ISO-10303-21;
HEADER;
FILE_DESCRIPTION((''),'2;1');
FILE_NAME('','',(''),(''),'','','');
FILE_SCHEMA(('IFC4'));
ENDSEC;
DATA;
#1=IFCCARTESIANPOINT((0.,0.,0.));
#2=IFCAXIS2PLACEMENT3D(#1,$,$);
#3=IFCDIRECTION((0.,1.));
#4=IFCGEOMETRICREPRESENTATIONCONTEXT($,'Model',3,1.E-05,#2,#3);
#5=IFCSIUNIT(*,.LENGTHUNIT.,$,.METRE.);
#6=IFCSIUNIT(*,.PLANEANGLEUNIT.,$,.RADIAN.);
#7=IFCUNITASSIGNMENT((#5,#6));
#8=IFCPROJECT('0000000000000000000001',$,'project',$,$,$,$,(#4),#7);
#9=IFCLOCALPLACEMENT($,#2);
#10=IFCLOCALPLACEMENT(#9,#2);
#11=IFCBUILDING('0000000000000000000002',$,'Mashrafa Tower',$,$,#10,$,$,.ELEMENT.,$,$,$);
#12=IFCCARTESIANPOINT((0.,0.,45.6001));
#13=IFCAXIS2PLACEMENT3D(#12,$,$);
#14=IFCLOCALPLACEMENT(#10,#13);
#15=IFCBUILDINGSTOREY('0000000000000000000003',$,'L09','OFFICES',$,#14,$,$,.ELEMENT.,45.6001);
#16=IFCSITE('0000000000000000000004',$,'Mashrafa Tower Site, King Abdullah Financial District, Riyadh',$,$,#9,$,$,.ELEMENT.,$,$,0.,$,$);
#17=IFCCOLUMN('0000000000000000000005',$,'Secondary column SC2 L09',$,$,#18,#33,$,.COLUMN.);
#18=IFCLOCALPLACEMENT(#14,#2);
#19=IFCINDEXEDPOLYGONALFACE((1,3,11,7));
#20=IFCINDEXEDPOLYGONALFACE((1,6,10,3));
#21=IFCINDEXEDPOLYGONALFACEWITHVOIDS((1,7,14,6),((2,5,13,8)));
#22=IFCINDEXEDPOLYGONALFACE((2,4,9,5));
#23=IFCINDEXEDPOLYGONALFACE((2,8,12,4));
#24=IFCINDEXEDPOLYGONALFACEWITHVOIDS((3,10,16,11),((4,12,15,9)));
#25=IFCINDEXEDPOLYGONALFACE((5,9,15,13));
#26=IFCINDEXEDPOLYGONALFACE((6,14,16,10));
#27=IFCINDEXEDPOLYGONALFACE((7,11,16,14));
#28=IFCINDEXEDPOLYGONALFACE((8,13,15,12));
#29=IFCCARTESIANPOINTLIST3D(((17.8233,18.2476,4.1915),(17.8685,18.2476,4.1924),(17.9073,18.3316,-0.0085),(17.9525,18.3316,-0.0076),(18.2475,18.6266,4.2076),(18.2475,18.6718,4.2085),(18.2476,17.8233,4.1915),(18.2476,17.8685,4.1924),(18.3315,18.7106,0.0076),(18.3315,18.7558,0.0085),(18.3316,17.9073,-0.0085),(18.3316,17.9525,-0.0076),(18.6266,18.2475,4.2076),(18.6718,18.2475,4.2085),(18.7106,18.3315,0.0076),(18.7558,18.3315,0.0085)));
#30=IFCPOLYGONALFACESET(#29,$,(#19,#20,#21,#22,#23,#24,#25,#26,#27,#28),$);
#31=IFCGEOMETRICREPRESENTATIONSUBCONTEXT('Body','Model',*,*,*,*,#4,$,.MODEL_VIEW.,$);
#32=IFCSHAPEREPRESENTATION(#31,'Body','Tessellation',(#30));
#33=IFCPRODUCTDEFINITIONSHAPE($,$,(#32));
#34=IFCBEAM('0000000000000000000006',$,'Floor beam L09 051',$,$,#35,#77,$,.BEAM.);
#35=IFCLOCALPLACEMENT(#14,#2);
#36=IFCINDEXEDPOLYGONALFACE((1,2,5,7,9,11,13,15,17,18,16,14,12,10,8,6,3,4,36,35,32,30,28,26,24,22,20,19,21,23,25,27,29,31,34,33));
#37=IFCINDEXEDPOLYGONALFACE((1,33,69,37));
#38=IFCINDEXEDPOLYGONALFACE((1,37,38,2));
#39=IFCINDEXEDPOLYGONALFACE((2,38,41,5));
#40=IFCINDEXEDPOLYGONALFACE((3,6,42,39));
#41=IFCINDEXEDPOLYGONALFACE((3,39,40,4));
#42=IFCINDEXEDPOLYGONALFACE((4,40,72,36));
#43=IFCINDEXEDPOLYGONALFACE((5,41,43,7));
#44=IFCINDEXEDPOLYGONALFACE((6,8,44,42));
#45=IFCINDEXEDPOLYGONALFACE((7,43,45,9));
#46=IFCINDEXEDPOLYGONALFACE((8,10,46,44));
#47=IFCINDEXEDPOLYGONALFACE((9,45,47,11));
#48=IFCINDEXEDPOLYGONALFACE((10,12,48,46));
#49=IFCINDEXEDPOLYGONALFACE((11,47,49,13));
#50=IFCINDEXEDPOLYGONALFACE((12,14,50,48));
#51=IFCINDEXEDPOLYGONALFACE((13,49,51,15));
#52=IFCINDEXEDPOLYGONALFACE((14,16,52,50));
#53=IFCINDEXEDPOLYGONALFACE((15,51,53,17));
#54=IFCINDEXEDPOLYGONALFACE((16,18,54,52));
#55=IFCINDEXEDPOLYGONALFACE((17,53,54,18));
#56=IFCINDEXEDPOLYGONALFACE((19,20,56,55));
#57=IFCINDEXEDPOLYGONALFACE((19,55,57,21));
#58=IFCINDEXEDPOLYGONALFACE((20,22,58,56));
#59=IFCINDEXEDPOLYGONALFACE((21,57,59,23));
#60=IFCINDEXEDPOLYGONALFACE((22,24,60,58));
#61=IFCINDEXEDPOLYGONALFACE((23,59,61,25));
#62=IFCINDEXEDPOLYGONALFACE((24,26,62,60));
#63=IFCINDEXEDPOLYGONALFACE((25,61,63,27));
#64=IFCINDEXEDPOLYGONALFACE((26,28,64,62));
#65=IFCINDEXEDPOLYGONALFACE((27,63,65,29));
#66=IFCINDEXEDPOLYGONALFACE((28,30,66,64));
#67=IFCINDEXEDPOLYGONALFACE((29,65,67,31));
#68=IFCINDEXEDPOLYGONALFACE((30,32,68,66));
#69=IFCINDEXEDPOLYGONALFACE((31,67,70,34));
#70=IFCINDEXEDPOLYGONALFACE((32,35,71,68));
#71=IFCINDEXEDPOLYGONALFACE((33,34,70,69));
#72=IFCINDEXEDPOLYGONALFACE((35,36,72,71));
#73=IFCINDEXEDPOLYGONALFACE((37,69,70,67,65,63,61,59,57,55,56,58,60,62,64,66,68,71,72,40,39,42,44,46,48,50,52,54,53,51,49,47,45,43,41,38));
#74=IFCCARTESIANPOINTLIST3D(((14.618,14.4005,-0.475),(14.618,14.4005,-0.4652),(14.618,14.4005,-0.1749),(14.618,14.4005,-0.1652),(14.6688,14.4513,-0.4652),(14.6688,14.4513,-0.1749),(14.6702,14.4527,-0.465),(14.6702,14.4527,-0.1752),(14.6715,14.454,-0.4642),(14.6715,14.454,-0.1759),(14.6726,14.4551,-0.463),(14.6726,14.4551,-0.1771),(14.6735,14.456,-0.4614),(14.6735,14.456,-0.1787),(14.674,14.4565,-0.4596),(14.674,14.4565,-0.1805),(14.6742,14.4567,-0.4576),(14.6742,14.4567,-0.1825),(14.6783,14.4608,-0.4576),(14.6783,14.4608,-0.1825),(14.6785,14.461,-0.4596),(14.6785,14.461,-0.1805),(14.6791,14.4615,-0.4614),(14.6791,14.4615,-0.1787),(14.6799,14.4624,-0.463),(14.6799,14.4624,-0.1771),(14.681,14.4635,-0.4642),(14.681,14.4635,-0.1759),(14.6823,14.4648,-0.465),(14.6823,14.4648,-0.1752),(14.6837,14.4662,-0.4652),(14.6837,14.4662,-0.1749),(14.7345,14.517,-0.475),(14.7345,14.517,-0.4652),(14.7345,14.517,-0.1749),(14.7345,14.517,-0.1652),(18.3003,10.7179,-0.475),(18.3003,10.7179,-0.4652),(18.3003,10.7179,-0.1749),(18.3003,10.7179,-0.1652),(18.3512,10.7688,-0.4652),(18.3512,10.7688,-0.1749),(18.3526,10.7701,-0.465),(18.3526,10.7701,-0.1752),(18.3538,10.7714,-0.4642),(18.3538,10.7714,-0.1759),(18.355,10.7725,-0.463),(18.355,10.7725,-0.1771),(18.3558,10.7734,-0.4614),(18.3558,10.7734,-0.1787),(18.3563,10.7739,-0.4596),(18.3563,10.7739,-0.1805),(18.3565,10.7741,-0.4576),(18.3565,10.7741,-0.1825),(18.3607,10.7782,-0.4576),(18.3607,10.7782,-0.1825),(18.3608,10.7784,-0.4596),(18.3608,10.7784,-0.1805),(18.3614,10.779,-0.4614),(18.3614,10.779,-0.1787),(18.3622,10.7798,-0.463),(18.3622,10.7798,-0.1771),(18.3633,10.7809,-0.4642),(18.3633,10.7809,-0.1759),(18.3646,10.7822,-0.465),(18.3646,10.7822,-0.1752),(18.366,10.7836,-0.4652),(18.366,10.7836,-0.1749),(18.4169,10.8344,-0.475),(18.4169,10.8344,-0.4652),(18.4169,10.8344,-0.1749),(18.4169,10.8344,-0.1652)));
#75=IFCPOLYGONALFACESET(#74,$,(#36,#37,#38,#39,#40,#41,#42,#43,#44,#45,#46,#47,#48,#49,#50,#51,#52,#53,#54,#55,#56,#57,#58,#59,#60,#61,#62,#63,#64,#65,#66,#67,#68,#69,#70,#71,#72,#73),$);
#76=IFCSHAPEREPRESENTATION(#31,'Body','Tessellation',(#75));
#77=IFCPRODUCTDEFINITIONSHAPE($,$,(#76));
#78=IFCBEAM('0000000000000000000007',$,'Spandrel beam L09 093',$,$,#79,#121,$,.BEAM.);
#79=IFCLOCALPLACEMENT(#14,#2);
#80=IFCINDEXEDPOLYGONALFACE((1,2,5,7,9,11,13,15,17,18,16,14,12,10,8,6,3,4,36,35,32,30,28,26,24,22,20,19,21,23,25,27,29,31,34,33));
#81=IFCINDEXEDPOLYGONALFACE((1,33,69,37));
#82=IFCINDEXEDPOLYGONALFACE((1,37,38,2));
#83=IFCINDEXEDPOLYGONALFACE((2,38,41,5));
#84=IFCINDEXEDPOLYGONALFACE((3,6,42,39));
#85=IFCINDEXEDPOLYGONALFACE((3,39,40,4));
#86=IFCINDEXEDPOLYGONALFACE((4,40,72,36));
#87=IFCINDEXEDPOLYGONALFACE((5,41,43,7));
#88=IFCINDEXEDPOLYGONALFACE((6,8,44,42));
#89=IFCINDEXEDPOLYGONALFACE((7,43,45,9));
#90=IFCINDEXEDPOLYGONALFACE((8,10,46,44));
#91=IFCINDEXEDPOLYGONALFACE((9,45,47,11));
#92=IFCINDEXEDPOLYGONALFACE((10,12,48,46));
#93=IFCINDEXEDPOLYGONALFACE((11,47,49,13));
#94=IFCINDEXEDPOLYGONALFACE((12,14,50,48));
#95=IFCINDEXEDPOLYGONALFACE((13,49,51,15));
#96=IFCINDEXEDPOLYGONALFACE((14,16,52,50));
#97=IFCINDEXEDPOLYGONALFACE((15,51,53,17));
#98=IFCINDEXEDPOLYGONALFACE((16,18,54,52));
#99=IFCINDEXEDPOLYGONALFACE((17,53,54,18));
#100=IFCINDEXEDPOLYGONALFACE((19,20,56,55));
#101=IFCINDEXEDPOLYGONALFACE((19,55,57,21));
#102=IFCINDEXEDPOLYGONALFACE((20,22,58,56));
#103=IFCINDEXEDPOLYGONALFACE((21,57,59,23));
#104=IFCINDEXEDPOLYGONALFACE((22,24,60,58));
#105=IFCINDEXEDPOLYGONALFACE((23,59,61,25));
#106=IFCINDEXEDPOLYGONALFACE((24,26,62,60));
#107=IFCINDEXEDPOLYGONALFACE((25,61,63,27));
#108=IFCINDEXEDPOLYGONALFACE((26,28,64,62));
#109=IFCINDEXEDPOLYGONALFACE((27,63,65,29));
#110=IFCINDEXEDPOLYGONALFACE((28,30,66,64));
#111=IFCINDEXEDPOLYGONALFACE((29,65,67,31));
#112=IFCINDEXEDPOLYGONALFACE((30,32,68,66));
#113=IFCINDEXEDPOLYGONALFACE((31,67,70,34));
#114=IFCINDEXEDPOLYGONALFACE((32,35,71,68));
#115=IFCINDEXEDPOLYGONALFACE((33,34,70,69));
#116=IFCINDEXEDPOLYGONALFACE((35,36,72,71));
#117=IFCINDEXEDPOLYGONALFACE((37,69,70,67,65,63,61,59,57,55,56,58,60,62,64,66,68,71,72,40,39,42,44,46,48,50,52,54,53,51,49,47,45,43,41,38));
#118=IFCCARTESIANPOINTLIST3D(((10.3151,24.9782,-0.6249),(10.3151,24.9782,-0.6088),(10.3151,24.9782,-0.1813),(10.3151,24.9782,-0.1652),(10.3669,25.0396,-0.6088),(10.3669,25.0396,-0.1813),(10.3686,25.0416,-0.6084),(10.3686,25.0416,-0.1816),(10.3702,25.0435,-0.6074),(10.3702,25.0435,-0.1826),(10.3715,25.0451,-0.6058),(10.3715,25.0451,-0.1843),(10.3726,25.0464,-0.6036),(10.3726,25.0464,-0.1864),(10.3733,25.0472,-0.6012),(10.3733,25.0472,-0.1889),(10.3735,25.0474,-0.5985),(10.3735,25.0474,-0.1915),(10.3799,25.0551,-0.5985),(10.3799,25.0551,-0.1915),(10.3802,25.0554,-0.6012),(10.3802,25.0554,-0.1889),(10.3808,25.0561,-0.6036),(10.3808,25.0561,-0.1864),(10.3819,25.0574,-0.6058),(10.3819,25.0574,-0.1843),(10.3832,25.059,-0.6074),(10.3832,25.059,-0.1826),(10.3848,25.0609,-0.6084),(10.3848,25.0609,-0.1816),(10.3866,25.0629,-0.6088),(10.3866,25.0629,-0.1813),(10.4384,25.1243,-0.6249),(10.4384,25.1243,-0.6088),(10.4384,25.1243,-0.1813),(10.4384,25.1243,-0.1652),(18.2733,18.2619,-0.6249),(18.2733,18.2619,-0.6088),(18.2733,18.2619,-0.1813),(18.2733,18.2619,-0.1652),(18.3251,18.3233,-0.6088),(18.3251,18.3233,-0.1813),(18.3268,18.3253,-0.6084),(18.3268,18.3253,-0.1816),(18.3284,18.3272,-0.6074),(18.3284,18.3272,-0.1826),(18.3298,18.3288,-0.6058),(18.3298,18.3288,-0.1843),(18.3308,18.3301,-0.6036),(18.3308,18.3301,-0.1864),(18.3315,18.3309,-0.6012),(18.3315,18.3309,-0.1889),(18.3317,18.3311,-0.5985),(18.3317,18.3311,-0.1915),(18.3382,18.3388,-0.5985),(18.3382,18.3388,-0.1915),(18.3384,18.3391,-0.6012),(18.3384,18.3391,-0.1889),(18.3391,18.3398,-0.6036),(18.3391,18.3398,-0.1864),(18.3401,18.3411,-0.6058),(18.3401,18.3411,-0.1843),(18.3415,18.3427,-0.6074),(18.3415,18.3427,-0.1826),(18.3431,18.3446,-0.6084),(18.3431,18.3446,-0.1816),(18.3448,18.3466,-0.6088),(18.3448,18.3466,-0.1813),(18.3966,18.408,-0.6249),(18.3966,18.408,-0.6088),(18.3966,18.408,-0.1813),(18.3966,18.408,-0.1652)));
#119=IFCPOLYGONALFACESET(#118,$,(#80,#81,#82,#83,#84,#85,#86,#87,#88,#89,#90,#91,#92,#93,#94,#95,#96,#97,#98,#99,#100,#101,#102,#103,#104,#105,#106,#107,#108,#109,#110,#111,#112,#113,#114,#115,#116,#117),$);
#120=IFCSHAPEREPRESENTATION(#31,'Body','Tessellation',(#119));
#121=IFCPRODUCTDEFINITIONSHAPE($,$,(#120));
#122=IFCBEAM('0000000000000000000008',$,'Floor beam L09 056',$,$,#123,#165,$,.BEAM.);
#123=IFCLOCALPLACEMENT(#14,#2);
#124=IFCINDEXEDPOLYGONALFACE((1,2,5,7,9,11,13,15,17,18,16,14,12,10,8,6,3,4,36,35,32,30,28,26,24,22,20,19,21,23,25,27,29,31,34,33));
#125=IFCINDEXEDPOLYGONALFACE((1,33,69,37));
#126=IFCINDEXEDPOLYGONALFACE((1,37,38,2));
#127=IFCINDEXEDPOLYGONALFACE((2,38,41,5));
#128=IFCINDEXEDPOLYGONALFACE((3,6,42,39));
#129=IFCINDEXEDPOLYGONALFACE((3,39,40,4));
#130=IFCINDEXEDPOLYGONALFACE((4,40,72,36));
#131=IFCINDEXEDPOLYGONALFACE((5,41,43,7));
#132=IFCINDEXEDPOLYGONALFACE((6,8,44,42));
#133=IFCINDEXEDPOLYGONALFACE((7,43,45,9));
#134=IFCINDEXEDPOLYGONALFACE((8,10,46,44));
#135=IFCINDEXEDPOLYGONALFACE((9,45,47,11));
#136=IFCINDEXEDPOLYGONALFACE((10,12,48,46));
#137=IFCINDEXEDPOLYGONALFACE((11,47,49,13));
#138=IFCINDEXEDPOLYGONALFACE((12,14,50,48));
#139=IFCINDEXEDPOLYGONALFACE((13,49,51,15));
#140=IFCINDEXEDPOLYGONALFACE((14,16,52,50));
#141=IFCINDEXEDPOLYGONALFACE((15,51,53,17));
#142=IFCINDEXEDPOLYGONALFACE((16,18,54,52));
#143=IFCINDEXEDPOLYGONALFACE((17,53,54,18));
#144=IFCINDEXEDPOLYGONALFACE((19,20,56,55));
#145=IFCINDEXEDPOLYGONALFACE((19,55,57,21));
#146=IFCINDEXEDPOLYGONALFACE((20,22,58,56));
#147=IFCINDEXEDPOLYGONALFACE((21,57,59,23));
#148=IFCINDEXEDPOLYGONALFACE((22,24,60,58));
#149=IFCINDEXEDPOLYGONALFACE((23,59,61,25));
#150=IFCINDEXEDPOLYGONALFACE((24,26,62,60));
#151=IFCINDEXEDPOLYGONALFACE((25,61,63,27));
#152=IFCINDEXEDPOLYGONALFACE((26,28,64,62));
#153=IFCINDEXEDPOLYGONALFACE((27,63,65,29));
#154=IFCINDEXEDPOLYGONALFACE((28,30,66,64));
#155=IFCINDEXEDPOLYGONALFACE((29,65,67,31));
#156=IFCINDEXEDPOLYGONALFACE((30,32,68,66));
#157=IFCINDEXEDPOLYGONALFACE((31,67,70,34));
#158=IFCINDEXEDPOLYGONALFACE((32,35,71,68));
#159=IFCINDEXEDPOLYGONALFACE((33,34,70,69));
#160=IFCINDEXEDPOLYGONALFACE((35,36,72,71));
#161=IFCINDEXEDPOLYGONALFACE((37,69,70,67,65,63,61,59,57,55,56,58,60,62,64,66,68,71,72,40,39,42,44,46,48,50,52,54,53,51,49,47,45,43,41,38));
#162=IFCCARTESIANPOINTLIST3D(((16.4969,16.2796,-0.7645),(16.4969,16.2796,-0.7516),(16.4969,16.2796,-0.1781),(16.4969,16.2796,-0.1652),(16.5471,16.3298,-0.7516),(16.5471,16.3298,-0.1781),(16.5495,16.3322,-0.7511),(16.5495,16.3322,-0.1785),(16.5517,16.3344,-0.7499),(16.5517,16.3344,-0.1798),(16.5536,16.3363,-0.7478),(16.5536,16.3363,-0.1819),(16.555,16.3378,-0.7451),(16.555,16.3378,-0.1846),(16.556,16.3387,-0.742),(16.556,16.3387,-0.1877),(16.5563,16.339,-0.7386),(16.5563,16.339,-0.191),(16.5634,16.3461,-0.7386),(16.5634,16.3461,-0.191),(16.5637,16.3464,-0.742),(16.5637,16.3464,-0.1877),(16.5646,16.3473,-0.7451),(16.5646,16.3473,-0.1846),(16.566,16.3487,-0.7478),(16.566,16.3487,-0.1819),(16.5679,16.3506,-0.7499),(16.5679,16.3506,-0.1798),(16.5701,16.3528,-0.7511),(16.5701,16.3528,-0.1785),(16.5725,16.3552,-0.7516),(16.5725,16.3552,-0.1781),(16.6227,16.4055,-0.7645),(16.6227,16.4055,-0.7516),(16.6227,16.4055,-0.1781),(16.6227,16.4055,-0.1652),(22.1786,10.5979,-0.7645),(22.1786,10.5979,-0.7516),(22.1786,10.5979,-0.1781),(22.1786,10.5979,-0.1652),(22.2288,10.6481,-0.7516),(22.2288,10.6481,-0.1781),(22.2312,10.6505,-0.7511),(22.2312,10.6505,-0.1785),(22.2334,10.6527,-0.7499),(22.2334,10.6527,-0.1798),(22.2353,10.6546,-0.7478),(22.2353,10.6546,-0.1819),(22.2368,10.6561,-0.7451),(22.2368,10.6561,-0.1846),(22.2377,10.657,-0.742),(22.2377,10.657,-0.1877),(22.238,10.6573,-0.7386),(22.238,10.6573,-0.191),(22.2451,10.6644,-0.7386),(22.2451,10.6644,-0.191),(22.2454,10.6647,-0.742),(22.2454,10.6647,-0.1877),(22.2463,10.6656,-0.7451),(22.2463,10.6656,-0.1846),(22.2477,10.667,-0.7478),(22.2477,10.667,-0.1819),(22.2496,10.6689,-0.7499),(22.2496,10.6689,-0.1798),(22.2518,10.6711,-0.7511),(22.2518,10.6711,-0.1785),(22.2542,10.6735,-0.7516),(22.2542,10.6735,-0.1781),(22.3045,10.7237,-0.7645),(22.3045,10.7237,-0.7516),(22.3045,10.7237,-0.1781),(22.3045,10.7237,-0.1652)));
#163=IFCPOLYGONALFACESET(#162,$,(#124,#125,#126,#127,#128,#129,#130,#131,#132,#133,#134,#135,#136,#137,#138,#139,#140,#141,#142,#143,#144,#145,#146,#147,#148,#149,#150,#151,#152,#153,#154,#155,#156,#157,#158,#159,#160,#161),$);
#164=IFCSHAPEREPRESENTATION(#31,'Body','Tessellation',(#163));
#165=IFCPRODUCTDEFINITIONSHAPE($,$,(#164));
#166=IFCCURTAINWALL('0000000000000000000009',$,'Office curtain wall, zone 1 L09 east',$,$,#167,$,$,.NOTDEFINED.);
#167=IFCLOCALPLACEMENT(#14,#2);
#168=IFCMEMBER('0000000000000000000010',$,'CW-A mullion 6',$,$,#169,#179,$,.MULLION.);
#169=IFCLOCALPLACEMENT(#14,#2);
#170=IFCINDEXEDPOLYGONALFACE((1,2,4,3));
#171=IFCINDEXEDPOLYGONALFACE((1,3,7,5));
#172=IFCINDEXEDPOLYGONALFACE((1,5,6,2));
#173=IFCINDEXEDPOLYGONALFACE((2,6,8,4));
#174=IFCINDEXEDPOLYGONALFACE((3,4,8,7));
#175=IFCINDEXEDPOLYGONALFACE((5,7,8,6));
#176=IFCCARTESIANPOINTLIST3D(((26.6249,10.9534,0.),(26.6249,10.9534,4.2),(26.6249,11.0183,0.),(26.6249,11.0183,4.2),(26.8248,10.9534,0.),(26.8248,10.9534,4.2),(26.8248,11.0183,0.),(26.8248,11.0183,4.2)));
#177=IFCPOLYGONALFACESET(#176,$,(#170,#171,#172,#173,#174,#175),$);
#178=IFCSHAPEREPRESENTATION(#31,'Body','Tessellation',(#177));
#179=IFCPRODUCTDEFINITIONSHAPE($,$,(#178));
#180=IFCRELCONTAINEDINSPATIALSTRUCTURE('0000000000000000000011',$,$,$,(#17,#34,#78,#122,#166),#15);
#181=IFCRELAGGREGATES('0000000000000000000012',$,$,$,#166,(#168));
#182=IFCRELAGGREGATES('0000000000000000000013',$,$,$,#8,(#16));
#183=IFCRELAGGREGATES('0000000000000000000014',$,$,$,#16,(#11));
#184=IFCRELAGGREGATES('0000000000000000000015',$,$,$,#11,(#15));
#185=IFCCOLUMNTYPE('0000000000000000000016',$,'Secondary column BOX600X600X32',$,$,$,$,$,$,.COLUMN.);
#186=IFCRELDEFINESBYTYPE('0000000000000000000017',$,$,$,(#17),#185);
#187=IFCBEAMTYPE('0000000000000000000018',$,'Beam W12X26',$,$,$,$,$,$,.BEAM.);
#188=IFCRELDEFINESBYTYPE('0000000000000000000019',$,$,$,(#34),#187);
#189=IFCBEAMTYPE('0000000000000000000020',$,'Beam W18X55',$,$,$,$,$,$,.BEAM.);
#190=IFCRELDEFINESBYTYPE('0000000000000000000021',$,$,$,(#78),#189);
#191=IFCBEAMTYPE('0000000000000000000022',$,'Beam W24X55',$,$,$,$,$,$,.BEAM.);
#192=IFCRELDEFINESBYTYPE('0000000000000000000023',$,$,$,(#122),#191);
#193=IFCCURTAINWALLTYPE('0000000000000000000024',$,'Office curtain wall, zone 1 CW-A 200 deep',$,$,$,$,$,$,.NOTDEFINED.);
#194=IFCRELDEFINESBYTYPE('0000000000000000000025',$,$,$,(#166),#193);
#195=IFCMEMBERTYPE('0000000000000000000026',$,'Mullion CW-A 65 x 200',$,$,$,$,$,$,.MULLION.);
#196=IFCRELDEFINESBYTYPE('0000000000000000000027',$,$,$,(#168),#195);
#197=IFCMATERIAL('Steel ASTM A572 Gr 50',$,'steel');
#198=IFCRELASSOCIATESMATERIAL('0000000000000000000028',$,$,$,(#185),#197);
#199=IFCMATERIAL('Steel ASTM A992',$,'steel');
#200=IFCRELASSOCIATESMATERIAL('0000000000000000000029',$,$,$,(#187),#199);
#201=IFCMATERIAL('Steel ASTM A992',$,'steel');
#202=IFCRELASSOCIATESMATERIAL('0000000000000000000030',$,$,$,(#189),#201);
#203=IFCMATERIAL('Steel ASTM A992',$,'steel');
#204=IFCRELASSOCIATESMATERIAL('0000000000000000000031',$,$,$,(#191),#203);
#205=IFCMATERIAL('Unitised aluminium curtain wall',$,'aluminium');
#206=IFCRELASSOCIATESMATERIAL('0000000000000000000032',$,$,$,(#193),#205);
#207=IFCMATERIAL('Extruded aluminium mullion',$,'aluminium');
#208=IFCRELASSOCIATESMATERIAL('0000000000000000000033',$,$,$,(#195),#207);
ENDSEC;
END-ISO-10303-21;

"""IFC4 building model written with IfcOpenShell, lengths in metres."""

from ifc_helpers import new_model, si_unit, direction, frame, origin, origin_2d, place, context, subcontext, project, spatial, rectangle, hollow_rectangle, i_section, extrude, source, transform, mapped, material, material_profile, profile_set, type_object, type_shapes, element, aggregate, save


model = new_model("IFC4")

# Units and contexts
model_context = context("Model", 3, precision=1e-05, world=origin(), true_north=direction((0.0, 1.0)))
body_context = subcontext(model_context, "Body", "Model", "MODEL_VIEW")
ifc_project = project(units=[si_unit("LENGTHUNIT", "METRE"), si_unit("PLANEANGLEUNIT", "RADIAN")], contexts=[model_context])

# Site, building, storey
site_placement = place(None, origin())
site = spatial("IfcSite", under=ifc_project, at=site_placement, Name="Mashrafa Tower Site, King Abdullah Financial District, Riyadh", CompositionType="ELEMENT", RefElevation=0.0)
building_placement = place(site_placement, origin())
building = spatial("IfcBuilding", under=site, at=building_placement, Name="Mashrafa Tower", CompositionType="ELEMENT")
storey_placement = place(building_placement, frame((0.0, 0.0, 45.6001)))
storey = spatial("IfcBuildingStorey", under=building, at=storey_placement, Name="L09", Description="OFFICES", CompositionType="ELEMENT", Elevation=45.6001)

# Column
ifc_material_1 = material(Name="Steel ASTM A572 Gr 50", Category="steel")
ifc_material_profile_1 = material_profile(ifc_material_1, hollow_rectangle(XDim=0.6001, YDim=0.6001, WallThickness=0.032, at=origin_2d()), Name="BOX600X600X32")
ifc_profile_set_1 = profile_set([ifc_material_profile_1], Name="Steel ASTM A572 Gr 50")
column_type = type_object("IfcColumnType", Name="Secondary column BOX600X600X32", PredefinedType="COLUMN", material=ifc_profile_set_1)
column_placement = place(storey_placement, frame((18.3315, 18.3315, 0.0), z_axis=(-0.019989, -0.019989, 0.9996), x_axis=(0.707107, -0.707107, 0.0)))
element("IfcColumn", 1, at=column_placement, inside=storey, type_object=column_type, Name="Secondary column SC2 L09", PredefinedType="COLUMN", context=body_context, shape_type="SweptSolid", body=[
    extrude(hollow_rectangle(XDim=0.6001, YDim=0.6001, WallThickness=0.032, at=origin_2d()), origin(), (0.0, 0.0, 1.0), 4.2017),
])

# Beams
ifc_material_2 = material(Name="Steel ASTM A992", Category="steel")
ifc_material_profile_2 = material_profile(ifc_material_2, i_section(OverallWidth=0.1648, OverallDepth=0.3098, WebThickness=0.0059, FlangeThickness=0.0098, FilletRadius=0.0076, at=origin_2d()), Name="W12X26")
ifc_profile_set_2 = profile_set([ifc_material_profile_2], Name="Steel ASTM A992")
beam_type_1 = type_object("IfcBeamType", Name="Beam W12X26", PredefinedType="BEAM", material=ifc_profile_set_2)
beam_1_placement = place(storey_placement, frame((14.6763, 14.4587, -0.3201), z_axis=(0.707083, -0.70713, 0.0), x_axis=(0.70713, 0.707083, 0.0)))
element("IfcBeam", 2, at=beam_1_placement, inside=storey, type_object=beam_type_1, Name="Floor beam L09 051", PredefinedType="BEAM", context=body_context, shape_type="SweptSolid", body=[
    extrude(i_section(OverallWidth=0.1648, OverallDepth=0.3098, WebThickness=0.0059, FlangeThickness=0.0098, FilletRadius=0.0076, at=origin_2d()), origin(), (0.0, 0.0, 1.0), 5.2078),
])
ifc_material_3 = material(Name="Steel ASTM A992", Category="steel")
ifc_material_profile_3 = material_profile(ifc_material_3, i_section(OverallWidth=0.1912, OverallDepth=0.4597, WebThickness=0.01, FlangeThickness=0.0161, FilletRadius=0.0103, at=origin_2d()), Name="W18X55")
ifc_profile_set_3 = profile_set([ifc_material_profile_3], Name="Steel ASTM A992")
beam_type_2 = type_object("IfcBeamType", Name="Beam W18X55", PredefinedType="BEAM", material=ifc_profile_set_3)
beam_2_placement = place(storey_placement, frame((18.335, 18.335, -0.395), z_axis=(-0.764219, 0.644957, 0.0), x_axis=(-0.644957, -0.764219, 0.0)))
element("IfcBeam", 3, at=beam_2_placement, inside=storey, type_object=beam_type_2, Name="Spandrel beam L09 093", PredefinedType="BEAM", context=body_context, shape_type="SweptSolid", body=[
    extrude(i_section(OverallWidth=0.1912, OverallDepth=0.4597, WebThickness=0.01, FlangeThickness=0.0161, FilletRadius=0.0103, at=origin_2d()), origin(), (0.0, 0.0, 1.0), 10.4136),
])
ifc_material_4 = material(Name="Steel ASTM A992", Category="steel")
ifc_material_profile_4 = material_profile(ifc_material_4, i_section(OverallWidth=0.178, OverallDepth=0.5994, WebThickness=0.01, FlangeThickness=0.0129, FilletRadius=0.0129, at=origin_2d()), Name="W24X55")
ifc_profile_set_4 = profile_set([ifc_material_profile_4], Name="Steel ASTM A992")
beam_type_3 = type_object("IfcBeamType", Name="Beam W24X55", PredefinedType="BEAM", material=ifc_profile_set_4)
beam_3_placement = place(storey_placement, frame((16.5598, 16.3425, -0.4648), z_axis=(0.707107, -0.707107, 0.0), x_axis=(0.707107, 0.707107, 0.0)))
element("IfcBeam", 4, at=beam_3_placement, inside=storey, type_object=beam_type_3, Name="Floor beam L09 056", PredefinedType="BEAM", context=body_context, shape_type="SweptSolid", body=[
    extrude(i_section(OverallWidth=0.178, OverallDepth=0.5994, WebThickness=0.01, FlangeThickness=0.0129, FilletRadius=0.0129, at=origin_2d()), origin(), (0.0, 0.0, 1.0), 8.0352),
])

# Curtain wall, member
ifc_material_5 = material(Name="Unitised aluminium curtain wall", Category="aluminium")
curtain_wall_type = type_object("IfcCurtainWallType", Name="Office curtain wall, zone 1 CW-A 200 deep", PredefinedType="NOTDEFINED", material=ifc_material_5)
curtain_wall_1_placement = place(storey_placement, origin())
curtain_wall_1 = element("IfcCurtainWall", 5, at=curtain_wall_1_placement, inside=storey, type_object=curtain_wall_type, Name="Office curtain wall, zone 1 L09 east", PredefinedType="NOTDEFINED")
ifc_material_6 = material(Name="Extruded aluminium mullion", Category="aluminium")
ifc_material_profile_5 = material_profile(ifc_material_6, rectangle(XDim=0.2, YDim=0.0649, at=origin_2d()), Name="Mullion 65x200")
ifc_profile_set_5 = profile_set([ifc_material_profile_5], Name="Extruded aluminium mullion")
member_type_1 = type_object("IfcMemberType", Name="Mullion CW-A 65 x 200", PredefinedType="MULLION", material=ifc_profile_set_5)
shared_shape_1 = source(origin(), body_context, "Body", "SweptSolid", [
    extrude(rectangle(XDim=0.2, YDim=0.0649, at=origin_2d()), origin(), (0.0, 0.0, 1.0), 4.2),
])
type_shapes(member_type_1, [shared_shape_1])
member_1_placement = place(storey_placement, frame((26.7249, 10.9858, 0.0), z_axis=(0.0, 0.0, 1.0), x_axis=(-1.0, 0.0, 0.0)))
member_1 = element("IfcMember", 6, at=member_1_placement, type_object=member_type_1, Name="CW-A mullion 6", PredefinedType="MULLION", context=body_context, shape_type="MappedRepresentation", body=[
    mapped(shared_shape_1, transform((0.0, 0.0, 0.0))),
])
aggregate(curtain_wall_1, [member_1])

save(model, "model.ifc")
